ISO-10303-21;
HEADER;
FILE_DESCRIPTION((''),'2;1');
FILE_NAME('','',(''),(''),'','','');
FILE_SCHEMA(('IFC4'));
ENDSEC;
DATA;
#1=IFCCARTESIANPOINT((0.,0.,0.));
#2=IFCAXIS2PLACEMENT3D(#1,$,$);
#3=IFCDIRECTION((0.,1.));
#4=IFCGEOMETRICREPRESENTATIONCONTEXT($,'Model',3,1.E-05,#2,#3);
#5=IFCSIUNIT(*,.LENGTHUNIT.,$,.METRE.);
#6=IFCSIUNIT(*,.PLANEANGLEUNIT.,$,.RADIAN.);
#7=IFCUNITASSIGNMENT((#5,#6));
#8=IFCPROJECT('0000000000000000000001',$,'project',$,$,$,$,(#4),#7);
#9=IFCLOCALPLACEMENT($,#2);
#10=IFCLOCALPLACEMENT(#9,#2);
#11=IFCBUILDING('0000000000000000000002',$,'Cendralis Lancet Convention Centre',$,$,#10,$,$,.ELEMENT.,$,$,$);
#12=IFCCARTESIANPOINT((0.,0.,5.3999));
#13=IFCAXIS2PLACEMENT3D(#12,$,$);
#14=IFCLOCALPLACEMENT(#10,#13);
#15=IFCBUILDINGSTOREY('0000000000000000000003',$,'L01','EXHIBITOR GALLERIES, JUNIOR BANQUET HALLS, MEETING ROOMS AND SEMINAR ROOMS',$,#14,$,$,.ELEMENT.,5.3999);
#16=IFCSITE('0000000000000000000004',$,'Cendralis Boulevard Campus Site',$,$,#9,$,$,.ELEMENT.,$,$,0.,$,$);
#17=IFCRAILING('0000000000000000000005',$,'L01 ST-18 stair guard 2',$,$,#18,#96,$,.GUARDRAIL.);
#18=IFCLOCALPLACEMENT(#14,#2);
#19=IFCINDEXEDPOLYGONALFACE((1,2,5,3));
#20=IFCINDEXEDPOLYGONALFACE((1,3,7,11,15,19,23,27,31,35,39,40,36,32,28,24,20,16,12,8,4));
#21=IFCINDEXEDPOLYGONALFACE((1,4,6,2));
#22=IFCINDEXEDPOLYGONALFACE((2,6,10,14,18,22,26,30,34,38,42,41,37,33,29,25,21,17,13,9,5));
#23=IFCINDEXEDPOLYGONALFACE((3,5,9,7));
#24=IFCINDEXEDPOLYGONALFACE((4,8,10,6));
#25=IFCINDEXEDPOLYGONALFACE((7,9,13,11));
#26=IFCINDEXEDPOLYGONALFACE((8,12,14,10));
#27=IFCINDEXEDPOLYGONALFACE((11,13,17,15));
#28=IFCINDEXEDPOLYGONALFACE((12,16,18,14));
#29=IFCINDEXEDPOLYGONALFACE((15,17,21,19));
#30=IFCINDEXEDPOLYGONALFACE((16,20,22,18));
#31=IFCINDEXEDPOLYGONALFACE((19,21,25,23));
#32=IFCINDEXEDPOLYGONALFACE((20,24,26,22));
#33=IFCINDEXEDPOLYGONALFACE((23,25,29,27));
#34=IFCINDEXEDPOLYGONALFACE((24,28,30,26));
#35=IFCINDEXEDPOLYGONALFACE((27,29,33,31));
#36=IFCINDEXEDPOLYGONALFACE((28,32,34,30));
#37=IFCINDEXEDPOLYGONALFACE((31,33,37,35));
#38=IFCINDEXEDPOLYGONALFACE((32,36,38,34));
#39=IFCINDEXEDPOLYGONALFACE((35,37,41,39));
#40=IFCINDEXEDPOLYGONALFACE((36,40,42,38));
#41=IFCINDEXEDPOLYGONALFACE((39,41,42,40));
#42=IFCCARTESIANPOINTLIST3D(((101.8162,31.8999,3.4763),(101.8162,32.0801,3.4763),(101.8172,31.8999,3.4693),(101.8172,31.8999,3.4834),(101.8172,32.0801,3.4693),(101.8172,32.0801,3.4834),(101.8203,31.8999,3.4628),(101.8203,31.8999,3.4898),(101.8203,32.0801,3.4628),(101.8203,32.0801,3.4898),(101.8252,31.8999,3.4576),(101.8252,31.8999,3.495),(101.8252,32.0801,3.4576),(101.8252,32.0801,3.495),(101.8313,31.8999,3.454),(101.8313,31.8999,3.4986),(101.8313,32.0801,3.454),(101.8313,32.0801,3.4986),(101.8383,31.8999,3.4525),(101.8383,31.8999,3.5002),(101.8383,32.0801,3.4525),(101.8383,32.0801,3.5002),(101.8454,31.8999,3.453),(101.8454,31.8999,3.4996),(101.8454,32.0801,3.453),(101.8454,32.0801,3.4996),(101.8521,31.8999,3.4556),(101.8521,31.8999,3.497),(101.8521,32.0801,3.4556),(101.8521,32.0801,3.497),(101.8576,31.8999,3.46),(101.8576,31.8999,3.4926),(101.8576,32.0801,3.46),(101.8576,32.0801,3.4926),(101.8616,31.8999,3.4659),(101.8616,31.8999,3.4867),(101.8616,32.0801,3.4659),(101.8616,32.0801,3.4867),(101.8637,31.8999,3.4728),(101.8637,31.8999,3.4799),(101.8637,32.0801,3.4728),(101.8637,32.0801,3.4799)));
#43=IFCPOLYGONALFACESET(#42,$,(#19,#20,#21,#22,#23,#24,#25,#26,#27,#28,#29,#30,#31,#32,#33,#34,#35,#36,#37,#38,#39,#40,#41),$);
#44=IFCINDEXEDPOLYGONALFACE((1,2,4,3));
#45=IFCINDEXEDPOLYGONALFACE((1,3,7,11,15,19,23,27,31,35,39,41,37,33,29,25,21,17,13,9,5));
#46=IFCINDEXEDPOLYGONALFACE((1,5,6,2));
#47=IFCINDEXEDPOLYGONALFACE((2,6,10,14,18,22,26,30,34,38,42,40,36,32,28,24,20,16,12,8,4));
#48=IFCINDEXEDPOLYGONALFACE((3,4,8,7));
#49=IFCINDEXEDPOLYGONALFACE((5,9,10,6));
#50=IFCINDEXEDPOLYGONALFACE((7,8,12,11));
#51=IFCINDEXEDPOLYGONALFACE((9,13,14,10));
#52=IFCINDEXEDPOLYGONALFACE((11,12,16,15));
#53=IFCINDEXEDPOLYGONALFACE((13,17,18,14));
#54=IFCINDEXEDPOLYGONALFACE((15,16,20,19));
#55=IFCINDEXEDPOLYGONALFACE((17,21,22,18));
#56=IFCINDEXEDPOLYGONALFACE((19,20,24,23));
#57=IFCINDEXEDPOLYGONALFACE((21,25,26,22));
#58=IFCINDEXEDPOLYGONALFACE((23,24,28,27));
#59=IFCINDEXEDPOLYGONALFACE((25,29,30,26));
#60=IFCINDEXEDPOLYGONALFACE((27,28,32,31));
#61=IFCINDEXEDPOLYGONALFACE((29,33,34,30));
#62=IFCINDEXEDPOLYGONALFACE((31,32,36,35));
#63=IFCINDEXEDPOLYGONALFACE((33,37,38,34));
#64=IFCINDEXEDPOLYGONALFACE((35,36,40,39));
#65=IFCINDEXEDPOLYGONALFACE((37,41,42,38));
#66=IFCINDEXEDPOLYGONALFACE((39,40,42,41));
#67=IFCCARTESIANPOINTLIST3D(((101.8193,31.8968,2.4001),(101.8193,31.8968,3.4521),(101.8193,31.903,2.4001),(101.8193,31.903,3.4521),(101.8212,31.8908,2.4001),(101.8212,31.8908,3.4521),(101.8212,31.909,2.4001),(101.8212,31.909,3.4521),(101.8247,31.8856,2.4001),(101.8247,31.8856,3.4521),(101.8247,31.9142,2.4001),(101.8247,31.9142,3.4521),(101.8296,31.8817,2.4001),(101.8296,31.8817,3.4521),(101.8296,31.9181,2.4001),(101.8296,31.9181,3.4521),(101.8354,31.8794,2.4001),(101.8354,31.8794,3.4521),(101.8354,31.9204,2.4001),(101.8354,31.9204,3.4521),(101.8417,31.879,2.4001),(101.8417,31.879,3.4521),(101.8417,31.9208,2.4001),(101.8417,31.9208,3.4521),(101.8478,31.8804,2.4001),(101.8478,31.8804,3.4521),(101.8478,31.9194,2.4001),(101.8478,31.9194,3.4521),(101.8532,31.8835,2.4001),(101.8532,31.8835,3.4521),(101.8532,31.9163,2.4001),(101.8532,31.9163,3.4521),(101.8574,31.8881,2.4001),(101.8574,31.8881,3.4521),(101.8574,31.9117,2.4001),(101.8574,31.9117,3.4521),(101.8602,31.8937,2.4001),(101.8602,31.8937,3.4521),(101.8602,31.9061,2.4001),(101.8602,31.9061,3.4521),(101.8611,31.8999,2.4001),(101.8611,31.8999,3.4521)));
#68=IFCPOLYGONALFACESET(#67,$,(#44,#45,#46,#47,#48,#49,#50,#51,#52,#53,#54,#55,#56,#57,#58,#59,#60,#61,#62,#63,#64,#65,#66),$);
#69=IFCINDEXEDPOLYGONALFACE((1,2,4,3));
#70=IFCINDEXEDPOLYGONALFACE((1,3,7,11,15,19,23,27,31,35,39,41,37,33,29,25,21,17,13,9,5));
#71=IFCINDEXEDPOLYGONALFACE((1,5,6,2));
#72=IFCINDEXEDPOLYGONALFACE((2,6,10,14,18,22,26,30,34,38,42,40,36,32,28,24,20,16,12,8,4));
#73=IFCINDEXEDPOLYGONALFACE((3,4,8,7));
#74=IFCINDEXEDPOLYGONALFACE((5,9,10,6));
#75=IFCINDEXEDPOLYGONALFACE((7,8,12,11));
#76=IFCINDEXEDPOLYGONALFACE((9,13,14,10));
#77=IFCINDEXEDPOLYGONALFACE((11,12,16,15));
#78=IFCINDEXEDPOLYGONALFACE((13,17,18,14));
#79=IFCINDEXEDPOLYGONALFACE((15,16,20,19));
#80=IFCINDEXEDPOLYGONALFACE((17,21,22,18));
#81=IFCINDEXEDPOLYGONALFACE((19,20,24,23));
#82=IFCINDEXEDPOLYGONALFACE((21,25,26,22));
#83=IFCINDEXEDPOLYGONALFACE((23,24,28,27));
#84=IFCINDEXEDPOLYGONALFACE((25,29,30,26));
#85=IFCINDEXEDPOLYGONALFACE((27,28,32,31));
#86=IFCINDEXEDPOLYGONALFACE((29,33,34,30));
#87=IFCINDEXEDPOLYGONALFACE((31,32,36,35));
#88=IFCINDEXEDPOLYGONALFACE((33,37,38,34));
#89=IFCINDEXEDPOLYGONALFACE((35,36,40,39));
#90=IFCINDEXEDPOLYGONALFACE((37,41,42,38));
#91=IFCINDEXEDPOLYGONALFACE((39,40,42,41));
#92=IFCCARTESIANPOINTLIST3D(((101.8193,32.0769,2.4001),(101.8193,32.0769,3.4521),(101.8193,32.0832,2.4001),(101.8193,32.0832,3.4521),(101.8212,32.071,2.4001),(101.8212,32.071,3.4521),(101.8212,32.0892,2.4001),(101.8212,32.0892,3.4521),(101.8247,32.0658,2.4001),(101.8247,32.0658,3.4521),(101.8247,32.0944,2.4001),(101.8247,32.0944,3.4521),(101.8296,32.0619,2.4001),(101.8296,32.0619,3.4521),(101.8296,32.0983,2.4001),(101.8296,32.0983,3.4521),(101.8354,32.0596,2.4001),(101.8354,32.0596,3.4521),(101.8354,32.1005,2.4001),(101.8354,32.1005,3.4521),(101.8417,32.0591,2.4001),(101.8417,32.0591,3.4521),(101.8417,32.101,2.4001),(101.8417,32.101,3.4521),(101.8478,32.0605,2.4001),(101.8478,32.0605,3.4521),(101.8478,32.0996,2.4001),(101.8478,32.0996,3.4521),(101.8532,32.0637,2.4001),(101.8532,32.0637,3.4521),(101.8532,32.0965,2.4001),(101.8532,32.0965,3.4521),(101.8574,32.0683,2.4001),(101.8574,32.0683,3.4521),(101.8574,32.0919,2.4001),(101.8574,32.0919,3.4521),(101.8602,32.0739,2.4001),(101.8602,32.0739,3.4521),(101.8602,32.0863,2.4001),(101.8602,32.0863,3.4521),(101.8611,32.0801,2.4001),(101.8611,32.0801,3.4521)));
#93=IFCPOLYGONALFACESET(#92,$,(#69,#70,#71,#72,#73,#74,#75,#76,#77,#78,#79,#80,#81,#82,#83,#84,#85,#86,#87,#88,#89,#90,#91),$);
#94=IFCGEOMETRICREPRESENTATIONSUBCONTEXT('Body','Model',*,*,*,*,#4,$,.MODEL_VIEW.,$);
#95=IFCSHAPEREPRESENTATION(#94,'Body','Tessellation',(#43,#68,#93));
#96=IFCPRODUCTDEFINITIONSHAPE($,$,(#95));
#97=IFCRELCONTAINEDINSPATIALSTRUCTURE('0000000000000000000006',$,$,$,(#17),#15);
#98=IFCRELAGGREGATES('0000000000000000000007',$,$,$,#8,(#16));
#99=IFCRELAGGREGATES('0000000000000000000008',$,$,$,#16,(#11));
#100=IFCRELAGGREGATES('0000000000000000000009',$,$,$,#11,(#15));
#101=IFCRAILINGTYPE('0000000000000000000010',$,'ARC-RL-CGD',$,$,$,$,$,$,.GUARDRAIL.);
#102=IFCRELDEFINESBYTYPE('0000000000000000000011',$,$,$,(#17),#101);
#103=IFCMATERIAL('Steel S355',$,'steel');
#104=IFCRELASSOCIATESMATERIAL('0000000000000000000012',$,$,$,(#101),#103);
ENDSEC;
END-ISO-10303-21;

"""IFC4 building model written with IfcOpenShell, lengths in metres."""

from ifc_helpers import new_model, si_unit, direction, frame, origin, origin_2d, place, context, subcontext, project, spatial, circle, extrude, material, type_object, element, save


model = new_model("IFC4")

# Units and contexts
model_context = context("Model", 3, precision=1e-05, world=origin(), true_north=direction((0.0, 1.0)))
body_context = subcontext(model_context, "Body", "Model", "MODEL_VIEW")
ifc_project = project(units=[si_unit("LENGTHUNIT", "METRE"), si_unit("PLANEANGLEUNIT", "RADIAN")], contexts=[model_context])

# Site, building, storey
site_placement = place(None, origin())
site = spatial("IfcSite", under=ifc_project, at=site_placement, Name="Cendralis Boulevard Campus Site", CompositionType="ELEMENT", RefElevation=0.0)
building_placement = place(site_placement, origin())
building = spatial("IfcBuilding", under=site, at=building_placement, Name="Cendralis Lancet Convention Centre", CompositionType="ELEMENT")
storey_placement = place(building_placement, frame((0.0, 0.0, 5.3999)))
storey = spatial("IfcBuildingStorey", under=building, at=storey_placement, Name="L01", Description="EXHIBITOR GALLERIES, JUNIOR BANQUET HALLS, MEETING ROOMS AND SEMINAR ROOMS", CompositionType="ELEMENT", Elevation=5.3999)

# Shared definitions
ifc_material_1 = material(Name="Steel S355", Category="steel")

# Railing
railing_type_1 = type_object("IfcRailingType", Name="ARC-RL-CGD", PredefinedType="GUARDRAIL", material=ifc_material_1)
railing_1_placement = place(storey_placement, frame((101.8401, 31.8999, 2.4001)))
element("IfcRailing", 1, at=railing_1_placement, inside=storey, type_object=railing_type_1, Name="L01 ST-18 stair guard 2", PredefinedType="GUARDRAIL", context=body_context, shape_type="SweptSolid", body=[
    extrude(circle(Radius=0.0239, at=origin_2d()), frame((0.0, 0.0, 1.0762), z_axis=(0.0, 1.0, 0.0), x_axis=(-1.0, 0.0, 0.0)), (0.0, 0.0, 1.0), 0.1802),
    extrude(circle(Radius=0.021, at=origin_2d()), origin(), (0.0, 0.0, 1.0), 1.052),
    extrude(circle(Radius=0.021, at=origin_2d()), frame((0.0, 0.1802, 0.0)), (0.0, 0.0, 1.0), 1.052),
])

save(model, "model.ifc")
